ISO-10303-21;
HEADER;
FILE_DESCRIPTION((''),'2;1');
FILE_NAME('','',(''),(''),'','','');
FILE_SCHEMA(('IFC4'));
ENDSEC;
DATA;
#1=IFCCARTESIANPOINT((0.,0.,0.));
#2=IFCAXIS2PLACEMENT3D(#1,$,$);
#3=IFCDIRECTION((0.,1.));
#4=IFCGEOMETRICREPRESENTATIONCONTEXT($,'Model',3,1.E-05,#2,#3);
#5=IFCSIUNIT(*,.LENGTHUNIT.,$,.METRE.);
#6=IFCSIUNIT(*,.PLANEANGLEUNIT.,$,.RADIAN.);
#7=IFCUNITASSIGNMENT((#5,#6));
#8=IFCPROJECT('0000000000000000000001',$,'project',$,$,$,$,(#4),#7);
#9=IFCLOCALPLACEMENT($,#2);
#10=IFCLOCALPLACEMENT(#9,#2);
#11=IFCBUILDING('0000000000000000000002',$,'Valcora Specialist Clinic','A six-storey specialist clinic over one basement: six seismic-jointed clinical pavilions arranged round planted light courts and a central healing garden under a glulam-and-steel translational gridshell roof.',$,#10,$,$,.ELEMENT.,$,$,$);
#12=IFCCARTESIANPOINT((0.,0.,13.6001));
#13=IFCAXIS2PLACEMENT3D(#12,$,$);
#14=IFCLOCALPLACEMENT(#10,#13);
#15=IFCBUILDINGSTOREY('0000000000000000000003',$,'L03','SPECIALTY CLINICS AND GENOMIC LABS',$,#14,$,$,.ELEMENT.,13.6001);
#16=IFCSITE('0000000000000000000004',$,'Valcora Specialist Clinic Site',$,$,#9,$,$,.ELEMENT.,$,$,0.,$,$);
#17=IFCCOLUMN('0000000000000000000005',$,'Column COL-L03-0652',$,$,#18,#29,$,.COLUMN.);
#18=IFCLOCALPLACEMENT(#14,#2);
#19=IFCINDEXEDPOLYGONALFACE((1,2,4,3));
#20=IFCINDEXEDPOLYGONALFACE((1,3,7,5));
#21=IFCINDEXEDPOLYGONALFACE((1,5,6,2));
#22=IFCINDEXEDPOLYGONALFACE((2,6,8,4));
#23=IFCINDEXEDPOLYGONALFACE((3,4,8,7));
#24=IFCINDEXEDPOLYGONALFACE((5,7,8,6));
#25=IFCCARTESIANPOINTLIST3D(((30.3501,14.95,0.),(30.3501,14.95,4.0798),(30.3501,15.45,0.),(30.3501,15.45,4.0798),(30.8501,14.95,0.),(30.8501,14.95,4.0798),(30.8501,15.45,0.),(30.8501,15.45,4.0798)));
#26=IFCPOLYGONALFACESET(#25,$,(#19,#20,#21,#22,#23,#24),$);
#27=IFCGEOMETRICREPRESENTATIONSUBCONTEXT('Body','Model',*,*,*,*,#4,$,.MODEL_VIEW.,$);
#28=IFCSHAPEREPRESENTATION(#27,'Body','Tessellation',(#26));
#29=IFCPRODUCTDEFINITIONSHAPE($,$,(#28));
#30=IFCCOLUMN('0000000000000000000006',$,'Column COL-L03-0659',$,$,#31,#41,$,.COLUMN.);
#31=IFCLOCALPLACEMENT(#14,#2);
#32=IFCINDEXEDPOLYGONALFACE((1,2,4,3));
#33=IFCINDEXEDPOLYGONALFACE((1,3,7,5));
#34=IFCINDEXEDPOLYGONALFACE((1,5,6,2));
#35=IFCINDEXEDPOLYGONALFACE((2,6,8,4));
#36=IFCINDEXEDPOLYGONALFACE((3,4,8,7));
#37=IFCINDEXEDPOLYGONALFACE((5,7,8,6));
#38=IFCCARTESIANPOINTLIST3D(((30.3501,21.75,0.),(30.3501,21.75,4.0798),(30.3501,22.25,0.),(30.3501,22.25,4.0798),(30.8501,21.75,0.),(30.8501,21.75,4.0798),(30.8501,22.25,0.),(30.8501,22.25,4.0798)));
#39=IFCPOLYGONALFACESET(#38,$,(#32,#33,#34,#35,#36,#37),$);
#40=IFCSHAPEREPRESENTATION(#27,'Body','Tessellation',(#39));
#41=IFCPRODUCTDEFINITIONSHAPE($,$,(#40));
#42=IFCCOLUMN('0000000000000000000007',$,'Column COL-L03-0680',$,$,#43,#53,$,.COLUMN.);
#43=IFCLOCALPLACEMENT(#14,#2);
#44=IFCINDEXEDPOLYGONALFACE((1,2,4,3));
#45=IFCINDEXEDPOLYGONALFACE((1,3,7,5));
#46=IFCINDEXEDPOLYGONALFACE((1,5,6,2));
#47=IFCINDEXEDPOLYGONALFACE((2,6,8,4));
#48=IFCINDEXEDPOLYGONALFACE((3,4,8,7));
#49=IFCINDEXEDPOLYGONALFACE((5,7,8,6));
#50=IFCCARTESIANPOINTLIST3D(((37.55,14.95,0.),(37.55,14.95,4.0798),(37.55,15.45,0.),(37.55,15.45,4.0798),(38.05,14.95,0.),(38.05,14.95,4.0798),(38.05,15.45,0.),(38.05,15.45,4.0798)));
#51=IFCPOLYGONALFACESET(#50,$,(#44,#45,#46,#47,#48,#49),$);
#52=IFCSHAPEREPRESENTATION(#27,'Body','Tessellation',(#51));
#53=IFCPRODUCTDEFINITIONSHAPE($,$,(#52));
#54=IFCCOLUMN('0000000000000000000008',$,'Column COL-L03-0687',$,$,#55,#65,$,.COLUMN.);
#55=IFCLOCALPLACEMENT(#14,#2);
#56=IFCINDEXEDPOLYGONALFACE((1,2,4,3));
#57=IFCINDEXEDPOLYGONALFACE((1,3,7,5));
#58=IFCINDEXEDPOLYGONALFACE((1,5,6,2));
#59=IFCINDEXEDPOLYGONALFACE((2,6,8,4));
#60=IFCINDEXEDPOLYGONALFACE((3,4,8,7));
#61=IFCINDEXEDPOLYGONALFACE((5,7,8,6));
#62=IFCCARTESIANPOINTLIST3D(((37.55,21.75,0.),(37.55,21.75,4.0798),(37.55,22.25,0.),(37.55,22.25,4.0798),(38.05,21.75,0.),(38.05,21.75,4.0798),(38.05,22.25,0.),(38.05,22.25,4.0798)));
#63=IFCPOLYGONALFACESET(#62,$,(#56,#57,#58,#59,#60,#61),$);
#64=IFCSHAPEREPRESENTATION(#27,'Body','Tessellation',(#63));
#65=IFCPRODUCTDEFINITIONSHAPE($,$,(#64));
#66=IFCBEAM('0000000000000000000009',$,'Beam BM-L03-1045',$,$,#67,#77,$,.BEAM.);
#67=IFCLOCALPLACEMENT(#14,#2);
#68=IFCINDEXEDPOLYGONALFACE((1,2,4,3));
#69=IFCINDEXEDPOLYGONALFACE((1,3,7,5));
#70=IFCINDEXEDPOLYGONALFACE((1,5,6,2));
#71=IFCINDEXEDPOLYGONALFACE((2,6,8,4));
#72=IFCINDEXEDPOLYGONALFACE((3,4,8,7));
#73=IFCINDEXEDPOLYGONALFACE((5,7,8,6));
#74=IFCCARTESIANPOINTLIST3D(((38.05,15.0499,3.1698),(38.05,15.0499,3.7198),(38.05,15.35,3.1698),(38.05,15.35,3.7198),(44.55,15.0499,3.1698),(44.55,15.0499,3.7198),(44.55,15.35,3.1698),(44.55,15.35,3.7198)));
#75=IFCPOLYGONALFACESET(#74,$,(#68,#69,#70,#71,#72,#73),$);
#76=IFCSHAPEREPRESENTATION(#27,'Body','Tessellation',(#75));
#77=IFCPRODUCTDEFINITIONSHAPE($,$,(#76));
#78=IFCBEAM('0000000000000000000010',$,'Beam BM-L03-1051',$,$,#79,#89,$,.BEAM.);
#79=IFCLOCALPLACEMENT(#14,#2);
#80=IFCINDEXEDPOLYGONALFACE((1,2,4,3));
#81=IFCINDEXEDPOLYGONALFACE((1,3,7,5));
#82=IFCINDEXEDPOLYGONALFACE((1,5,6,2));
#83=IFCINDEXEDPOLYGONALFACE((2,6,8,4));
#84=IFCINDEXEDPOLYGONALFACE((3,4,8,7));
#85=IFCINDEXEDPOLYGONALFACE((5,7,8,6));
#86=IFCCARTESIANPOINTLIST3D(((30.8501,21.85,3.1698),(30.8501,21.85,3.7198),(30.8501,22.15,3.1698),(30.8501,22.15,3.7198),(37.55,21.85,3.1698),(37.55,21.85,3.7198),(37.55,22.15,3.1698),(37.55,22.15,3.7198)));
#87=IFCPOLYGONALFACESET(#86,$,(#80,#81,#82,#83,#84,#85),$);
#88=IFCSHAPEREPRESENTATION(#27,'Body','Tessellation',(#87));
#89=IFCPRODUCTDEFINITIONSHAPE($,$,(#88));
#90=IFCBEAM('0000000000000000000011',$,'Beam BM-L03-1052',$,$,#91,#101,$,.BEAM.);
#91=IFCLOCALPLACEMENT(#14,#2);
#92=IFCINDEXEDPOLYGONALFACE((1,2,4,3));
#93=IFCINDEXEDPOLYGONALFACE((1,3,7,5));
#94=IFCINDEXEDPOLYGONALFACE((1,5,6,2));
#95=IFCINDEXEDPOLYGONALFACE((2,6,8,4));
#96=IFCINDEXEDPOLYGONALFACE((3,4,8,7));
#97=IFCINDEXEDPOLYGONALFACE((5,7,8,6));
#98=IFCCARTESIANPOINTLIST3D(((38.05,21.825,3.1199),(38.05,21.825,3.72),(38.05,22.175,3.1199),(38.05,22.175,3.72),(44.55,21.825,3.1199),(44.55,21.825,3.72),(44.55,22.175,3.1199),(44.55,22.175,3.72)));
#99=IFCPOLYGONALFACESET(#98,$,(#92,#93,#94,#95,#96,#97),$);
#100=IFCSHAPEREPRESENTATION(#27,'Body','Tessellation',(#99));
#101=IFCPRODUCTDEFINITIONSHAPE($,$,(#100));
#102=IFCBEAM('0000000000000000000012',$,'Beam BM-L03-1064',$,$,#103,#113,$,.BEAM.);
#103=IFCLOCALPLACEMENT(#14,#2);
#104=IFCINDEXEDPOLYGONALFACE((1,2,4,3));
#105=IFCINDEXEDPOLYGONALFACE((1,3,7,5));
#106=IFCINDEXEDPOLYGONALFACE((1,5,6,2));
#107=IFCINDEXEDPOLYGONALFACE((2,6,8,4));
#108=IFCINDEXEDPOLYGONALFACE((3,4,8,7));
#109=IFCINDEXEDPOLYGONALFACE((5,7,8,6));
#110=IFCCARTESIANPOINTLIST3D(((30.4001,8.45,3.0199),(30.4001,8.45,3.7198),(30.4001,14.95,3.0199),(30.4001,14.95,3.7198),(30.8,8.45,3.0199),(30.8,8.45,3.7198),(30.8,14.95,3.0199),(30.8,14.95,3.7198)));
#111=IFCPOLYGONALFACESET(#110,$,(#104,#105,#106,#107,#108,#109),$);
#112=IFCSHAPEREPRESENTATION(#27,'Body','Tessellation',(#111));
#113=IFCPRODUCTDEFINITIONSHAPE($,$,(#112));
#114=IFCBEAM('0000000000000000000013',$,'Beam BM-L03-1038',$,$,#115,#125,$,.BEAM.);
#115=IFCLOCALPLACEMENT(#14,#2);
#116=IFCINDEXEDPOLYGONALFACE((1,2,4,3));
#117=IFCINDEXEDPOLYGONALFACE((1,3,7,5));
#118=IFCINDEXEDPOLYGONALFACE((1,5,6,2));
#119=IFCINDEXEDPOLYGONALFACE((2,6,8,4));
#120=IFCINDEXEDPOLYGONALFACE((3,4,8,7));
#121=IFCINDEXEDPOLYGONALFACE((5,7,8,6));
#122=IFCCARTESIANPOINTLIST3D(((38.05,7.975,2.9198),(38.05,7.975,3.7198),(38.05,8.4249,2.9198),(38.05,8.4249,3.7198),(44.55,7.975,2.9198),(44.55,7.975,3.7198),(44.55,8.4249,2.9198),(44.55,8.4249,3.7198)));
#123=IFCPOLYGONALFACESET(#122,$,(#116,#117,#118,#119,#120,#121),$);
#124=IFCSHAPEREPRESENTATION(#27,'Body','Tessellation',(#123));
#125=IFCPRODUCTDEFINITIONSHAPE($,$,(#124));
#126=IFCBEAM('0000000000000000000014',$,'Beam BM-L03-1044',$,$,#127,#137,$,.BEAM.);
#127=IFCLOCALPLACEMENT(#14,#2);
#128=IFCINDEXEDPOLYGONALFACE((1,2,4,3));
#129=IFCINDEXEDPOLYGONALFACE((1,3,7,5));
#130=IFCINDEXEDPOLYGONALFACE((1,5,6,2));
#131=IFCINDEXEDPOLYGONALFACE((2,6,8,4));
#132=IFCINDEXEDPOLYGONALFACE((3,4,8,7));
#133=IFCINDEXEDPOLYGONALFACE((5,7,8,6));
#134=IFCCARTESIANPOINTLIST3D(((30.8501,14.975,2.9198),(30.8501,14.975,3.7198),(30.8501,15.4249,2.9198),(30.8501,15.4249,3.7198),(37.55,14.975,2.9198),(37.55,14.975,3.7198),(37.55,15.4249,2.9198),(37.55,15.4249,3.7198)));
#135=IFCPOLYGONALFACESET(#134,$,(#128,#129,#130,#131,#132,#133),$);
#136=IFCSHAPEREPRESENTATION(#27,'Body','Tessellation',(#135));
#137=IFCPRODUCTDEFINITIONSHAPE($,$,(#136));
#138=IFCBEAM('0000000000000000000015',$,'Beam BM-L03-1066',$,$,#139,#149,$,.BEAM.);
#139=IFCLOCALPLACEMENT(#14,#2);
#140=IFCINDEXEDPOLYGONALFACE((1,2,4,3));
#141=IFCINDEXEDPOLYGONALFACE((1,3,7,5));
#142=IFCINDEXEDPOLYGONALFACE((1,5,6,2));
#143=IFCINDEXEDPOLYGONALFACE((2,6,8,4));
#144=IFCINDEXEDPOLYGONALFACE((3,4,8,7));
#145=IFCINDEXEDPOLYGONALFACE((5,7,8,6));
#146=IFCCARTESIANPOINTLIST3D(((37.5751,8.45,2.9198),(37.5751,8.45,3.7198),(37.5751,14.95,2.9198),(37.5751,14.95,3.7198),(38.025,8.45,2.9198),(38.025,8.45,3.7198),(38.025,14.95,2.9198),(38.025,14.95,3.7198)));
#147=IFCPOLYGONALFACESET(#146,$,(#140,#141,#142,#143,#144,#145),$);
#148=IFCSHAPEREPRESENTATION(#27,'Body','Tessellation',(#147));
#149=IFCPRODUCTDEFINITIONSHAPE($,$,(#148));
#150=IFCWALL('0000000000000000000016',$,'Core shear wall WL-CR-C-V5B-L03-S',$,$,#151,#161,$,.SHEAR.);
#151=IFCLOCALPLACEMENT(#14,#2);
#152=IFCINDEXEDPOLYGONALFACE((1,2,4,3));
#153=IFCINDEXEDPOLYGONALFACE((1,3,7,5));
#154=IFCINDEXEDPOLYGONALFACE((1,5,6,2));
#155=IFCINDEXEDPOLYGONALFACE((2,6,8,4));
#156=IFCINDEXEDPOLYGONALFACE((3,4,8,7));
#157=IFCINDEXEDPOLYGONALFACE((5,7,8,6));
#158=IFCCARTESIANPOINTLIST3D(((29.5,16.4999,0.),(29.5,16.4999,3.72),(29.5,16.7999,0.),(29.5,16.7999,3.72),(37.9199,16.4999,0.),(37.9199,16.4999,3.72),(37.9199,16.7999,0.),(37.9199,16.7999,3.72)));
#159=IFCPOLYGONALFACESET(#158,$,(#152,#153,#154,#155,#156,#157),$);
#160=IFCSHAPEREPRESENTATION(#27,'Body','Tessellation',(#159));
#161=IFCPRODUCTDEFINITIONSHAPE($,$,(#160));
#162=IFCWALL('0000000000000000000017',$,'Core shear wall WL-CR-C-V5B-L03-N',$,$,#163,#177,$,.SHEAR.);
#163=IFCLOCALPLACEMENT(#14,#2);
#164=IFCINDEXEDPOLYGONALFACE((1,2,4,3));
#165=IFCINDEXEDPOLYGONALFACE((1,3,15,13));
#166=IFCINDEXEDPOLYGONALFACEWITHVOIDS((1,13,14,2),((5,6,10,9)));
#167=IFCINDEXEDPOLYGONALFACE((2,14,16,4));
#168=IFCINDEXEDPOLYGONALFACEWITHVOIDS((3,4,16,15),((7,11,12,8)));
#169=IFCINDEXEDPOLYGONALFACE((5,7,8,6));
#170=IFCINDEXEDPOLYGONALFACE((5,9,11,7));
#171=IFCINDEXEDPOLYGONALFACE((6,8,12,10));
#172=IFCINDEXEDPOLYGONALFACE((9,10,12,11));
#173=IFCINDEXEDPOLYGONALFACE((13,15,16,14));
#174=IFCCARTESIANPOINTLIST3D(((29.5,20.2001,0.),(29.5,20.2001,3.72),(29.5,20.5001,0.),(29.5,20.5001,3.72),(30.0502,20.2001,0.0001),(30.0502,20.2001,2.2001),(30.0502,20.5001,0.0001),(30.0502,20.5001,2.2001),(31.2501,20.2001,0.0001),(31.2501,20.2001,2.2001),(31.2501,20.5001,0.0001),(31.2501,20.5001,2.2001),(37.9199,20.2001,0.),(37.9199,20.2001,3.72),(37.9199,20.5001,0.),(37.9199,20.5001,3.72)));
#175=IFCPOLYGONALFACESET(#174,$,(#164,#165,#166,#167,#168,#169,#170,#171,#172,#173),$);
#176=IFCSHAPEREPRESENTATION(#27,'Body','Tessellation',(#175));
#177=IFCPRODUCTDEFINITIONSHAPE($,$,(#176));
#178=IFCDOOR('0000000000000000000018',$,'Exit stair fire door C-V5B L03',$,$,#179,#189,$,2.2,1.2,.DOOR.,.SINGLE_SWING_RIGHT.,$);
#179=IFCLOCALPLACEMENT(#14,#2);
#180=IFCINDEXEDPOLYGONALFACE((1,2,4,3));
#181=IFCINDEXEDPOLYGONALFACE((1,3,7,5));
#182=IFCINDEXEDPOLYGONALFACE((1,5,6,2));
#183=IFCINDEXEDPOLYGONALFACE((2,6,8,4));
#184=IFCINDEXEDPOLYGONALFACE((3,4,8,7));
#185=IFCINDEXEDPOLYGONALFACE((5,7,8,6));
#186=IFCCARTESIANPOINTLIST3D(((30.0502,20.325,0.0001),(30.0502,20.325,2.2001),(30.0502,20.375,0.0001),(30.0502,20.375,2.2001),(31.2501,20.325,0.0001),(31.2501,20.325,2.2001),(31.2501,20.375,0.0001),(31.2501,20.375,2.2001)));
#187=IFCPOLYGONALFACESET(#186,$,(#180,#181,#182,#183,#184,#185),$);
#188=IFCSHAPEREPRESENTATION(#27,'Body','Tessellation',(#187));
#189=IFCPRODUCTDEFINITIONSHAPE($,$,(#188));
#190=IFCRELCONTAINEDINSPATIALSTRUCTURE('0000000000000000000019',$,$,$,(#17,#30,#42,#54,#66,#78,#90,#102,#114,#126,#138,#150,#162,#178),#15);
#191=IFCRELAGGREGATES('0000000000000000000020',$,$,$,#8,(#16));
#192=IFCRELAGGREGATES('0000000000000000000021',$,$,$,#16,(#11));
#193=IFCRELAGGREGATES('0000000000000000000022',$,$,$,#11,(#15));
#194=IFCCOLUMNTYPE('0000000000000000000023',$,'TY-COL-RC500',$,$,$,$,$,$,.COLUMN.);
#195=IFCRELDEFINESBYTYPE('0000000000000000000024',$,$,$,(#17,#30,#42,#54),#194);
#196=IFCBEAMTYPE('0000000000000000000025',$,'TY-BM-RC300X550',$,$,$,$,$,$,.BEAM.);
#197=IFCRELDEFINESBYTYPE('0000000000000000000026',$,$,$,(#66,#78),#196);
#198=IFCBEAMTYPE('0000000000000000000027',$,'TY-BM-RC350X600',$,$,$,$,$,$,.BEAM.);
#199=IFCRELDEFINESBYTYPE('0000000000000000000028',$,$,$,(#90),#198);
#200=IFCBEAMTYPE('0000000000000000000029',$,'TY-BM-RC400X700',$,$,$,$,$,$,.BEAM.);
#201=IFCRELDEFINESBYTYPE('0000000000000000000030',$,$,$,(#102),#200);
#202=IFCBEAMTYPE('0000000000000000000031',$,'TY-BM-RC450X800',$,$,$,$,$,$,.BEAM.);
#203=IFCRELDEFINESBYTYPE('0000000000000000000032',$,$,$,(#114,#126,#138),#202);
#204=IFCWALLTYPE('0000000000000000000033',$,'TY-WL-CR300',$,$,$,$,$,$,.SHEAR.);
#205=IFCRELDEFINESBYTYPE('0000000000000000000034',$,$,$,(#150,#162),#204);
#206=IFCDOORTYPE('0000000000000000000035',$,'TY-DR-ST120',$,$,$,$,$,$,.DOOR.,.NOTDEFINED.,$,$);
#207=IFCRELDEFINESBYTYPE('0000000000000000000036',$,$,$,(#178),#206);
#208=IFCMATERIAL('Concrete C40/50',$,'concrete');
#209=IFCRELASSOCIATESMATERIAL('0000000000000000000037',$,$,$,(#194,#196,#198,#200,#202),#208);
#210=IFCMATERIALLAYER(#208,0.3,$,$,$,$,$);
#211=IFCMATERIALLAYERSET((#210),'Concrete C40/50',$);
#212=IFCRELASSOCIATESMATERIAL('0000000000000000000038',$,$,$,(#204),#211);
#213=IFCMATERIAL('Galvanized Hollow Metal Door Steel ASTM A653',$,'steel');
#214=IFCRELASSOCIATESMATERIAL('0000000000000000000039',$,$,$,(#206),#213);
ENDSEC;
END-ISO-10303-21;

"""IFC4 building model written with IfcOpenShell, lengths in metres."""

from ifc_helpers import new_model, si_unit, direction, frame, frame_2d, origin, origin_2d, place, context, subcontext, project, spatial, rectangle, extrude, material, layer, layer_set, material_profile, profile_set, type_object, element, fill, save


model = new_model("IFC4")

# Units and contexts
model_context = context("Model", 3, precision=1e-05, world=origin(), true_north=direction((0.0, 1.0)))
body_context = subcontext(model_context, "Body", "Model", "MODEL_VIEW")
ifc_project = project(units=[si_unit("LENGTHUNIT", "METRE"), si_unit("PLANEANGLEUNIT", "RADIAN")], contexts=[model_context])

# Site, building, storey
site_placement = place(None, origin())
site = spatial("IfcSite", under=ifc_project, at=site_placement, Name="Valcora Specialist Clinic Site", CompositionType="ELEMENT", RefElevation=0.0)
building_placement = place(site_placement, origin())
building = spatial("IfcBuilding", under=site, at=building_placement, Name="Valcora Specialist Clinic", Description="A six-storey specialist clinic over one basement: six seismic-jointed clinical pavilions arranged round planted light courts and a central healing garden under a glulam-and-steel translational gridshell roof.", CompositionType="ELEMENT")
storey_placement = place(building_placement, frame((0.0, 0.0, 13.6001)))
storey = spatial("IfcBuildingStorey", under=building, at=storey_placement, Name="L03", Description="SPECIALTY CLINICS AND GENOMIC LABS", CompositionType="ELEMENT", Elevation=13.6001)

# Columns
ifc_material_1 = material(Name="Concrete C40/50", Category="concrete")
ifc_material_profile_1 = material_profile(ifc_material_1, rectangle(XDim=0.5, YDim=0.5, at=origin_2d()), Name="RC-COL-500X500")
ifc_profile_set_1 = profile_set([ifc_material_profile_1], Name="Concrete C40/50")
column_type = type_object("IfcColumnType", Name="TY-COL-RC500", PredefinedType="COLUMN", material=ifc_profile_set_1)
for number, where, z_axis, x_axis, name in (
    (1, (30.6001, 15.2, 0.0), (0.0, 0.0, 1.0), (1.0, 0.0, 0.0), "Column COL-L03-0652"),
    (2, (30.6001, 22.0, 0.0), (0.0, 0.0, 1.0), (1.0, 0.0, 0.0), "Column COL-L03-0659"),
    (3, (37.8, 15.2, 0.0), (0.0, 0.0, 1.0), (1.0, 0.0, 0.0), "Column COL-L03-0680"),
    (4, (37.8, 22.0, 0.0), (0.0, 0.0, 1.0), (1.0, 0.0, 0.0), "Column COL-L03-0687"),
):
    element("IfcColumn", number, at=place(storey_placement, frame(where, z_axis=z_axis, x_axis=x_axis)), inside=storey, type_object=column_type, Name=name, PredefinedType="COLUMN", context=body_context, shape_type="SweptSolid", body=[
        extrude(rectangle(XDim=0.5, YDim=0.5, at=origin_2d()), origin(), (0.0, 0.0, 1.0), 4.0798),
    ])

# Beams
ifc_material_profile_2 = material_profile(ifc_material_1, rectangle(XDim=0.3, YDim=0.55, at=origin_2d()), Name="RC-BM-300X550")
ifc_profile_set_2 = profile_set([ifc_material_profile_2], Name="Concrete C40/50")
beam_type_1 = type_object("IfcBeamType", Name="TY-BM-RC300X550", PredefinedType="BEAM", material=ifc_profile_set_2)
beam_1_placement = place(storey_placement, frame((38.05, 15.2, 3.4448), z_axis=(1.0, 0.0, 0.0), x_axis=(0.0, 1.0, 0.0)))
element("IfcBeam", 5, at=beam_1_placement, inside=storey, type_object=beam_type_1, Name="Beam BM-L03-1045", PredefinedType="BEAM", context=body_context, shape_type="SweptSolid", body=[
    extrude(rectangle(XDim=0.3, YDim=0.55, at=origin_2d()), origin(), (0.0, 0.0, 1.0), 6.5),
])
beam_2_placement = place(storey_placement, frame((30.8501, 22.0, 3.4448), z_axis=(1.0, 0.0, 0.0), x_axis=(0.0, 1.0, 0.0)))
element("IfcBeam", 6, at=beam_2_placement, inside=storey, type_object=beam_type_1, Name="Beam BM-L03-1051", PredefinedType="BEAM", context=body_context, shape_type="SweptSolid", body=[
    extrude(rectangle(XDim=0.3, YDim=0.55, at=origin_2d()), origin(), (0.0, 0.0, 1.0), 6.7),
])
ifc_material_profile_3 = material_profile(ifc_material_1, rectangle(XDim=0.3501, YDim=0.6001, at=origin_2d()), Name="RC-BM-350X600")
ifc_profile_set_3 = profile_set([ifc_material_profile_3], Name="Concrete C40/50")
beam_type_2 = type_object("IfcBeamType", Name="TY-BM-RC350X600", PredefinedType="BEAM", material=ifc_profile_set_3)
beam_3_placement = place(storey_placement, frame((38.05, 22.0, 3.4199), z_axis=(1.0, 0.0, 0.0), x_axis=(0.0, 1.0, 0.0)))
element("IfcBeam", 7, at=beam_3_placement, inside=storey, type_object=beam_type_2, Name="Beam BM-L03-1052", PredefinedType="BEAM", context=body_context, shape_type="SweptSolid", body=[
    extrude(rectangle(XDim=0.3501, YDim=0.6001, at=origin_2d()), origin(), (0.0, 0.0, 1.0), 6.5),
])
ifc_material_profile_4 = material_profile(ifc_material_1, rectangle(XDim=0.3999, YDim=0.7, at=origin_2d()), Name="RC-BM-400X700")
ifc_profile_set_4 = profile_set([ifc_material_profile_4], Name="Concrete C40/50")
beam_type_3 = type_object("IfcBeamType", Name="TY-BM-RC400X700", PredefinedType="BEAM", material=ifc_profile_set_4)
beam_4_placement = place(storey_placement, frame((30.6001, 8.45, 3.3699), z_axis=(0.0, 1.0, 0.0), x_axis=(-1.0, 0.0, 0.0)))
element("IfcBeam", 8, at=beam_4_placement, inside=storey, type_object=beam_type_3, Name="Beam BM-L03-1064", PredefinedType="BEAM", context=body_context, shape_type="SweptSolid", body=[
    extrude(rectangle(XDim=0.3999, YDim=0.7, at=origin_2d()), origin(), (0.0, 0.0, 1.0), 6.5),
])
ifc_material_profile_5 = material_profile(ifc_material_1, rectangle(XDim=0.45, YDim=0.8, at=origin_2d()), Name="RC-BM-450X800")
ifc_profile_set_5 = profile_set([ifc_material_profile_5], Name="Concrete C40/50")
beam_type_4 = type_object("IfcBeamType", Name="TY-BM-RC450X800", PredefinedType="BEAM", material=ifc_profile_set_5)
beam_5_placement = place(storey_placement, frame((38.05, 8.2, 3.3198), z_axis=(1.0, 0.0, 0.0), x_axis=(0.0, 1.0, 0.0)))
element("IfcBeam", 9, at=beam_5_placement, inside=storey, type_object=beam_type_4, Name="Beam BM-L03-1038", PredefinedType="BEAM", context=body_context, shape_type="SweptSolid", body=[
    extrude(rectangle(XDim=0.45, YDim=0.8, at=origin_2d()), origin(), (0.0, 0.0, 1.0), 6.5),
])
beam_6_placement = place(storey_placement, frame((30.8501, 15.2, 3.3198), z_axis=(1.0, 0.0, 0.0), x_axis=(0.0, 1.0, 0.0)))
element("IfcBeam", 10, at=beam_6_placement, inside=storey, type_object=beam_type_4, Name="Beam BM-L03-1044", PredefinedType="BEAM", context=body_context, shape_type="SweptSolid", body=[
    extrude(rectangle(XDim=0.45, YDim=0.8, at=origin_2d()), origin(), (0.0, 0.0, 1.0), 6.7),
])
beam_7_placement = place(storey_placement, frame((37.8, 8.45, 3.3198), z_axis=(0.0, 1.0, 0.0), x_axis=(-1.0, 0.0, 0.0)))
element("IfcBeam", 11, at=beam_7_placement, inside=storey, type_object=beam_type_4, Name="Beam BM-L03-1066", PredefinedType="BEAM", context=body_context, shape_type="SweptSolid", body=[
    extrude(rectangle(XDim=0.45, YDim=0.8, at=origin_2d()), origin(), (0.0, 0.0, 1.0), 6.5),
])

# Wall
ifc_layer_1 = layer(ifc_material_1, 0.3)
ifc_layer_set_1 = layer_set([ifc_layer_1], Name="Concrete C40/50")
wall_type_1 = type_object("IfcWallType", Name="TY-WL-CR300", PredefinedType="SHEAR", material=ifc_layer_set_1)
wall_1_placement = place(storey_placement, frame((29.5, 16.6499, 0.0), z_axis=(0.0, 0.0, 1.0), x_axis=(1.0, 0.0, 0.0)))
element("IfcWall", 12, at=wall_1_placement, inside=storey, type_object=wall_type_1, Name="Core shear wall WL-CR-C-V5B-L03-S", PredefinedType="SHEAR", context=body_context, shape_type="SweptSolid", body=[
    extrude(rectangle(XDim=8.4199, YDim=0.3, at=frame_2d((4.21, 0.0))), origin(), (0.0, 0.0, 1.0), 3.72),
])

# Wall, opening, door
wall_2_placement = place(storey_placement, frame((29.5, 20.3501, 0.0), z_axis=(0.0, 0.0, 1.0), x_axis=(1.0, 0.0, 0.0)))
wall_2 = element("IfcWall", 13, at=wall_2_placement, inside=storey, type_object=wall_type_1, Name="Core shear wall WL-CR-C-V5B-L03-N", PredefinedType="SHEAR", context=body_context, shape_type="SweptSolid", body=[
    extrude(rectangle(XDim=8.4199, YDim=0.3, at=frame_2d((4.21, 0.0))), origin(), (0.0, 0.0, 1.0), 3.72),
])
opening_1_placement = place(wall_2_placement, frame((0.55, 0.0, 0.0)))
opening_1 = element("IfcOpeningElement", 14, at=opening_1_placement, cuts=wall_2, PredefinedType="OPENING", context=body_context, shape_type="SweptSolid", body=[
    extrude(rectangle(XDim=1.2, YDim=2.2, at=frame_2d((0.6001, 1.1001))), frame((0.0, 0.1599, 0.0), z_axis=(0.0, -1.0, 0.0), x_axis=(1.0, 0.0, 0.0)), (0.0, 0.0, 1.0), 0.3201),
])
ifc_material_2 = material(Name="Galvanized Hollow Metal Door Steel ASTM A653", Category="steel")
door_type_1 = type_object("IfcDoorType", Name="TY-DR-ST120", OperationType="NOTDEFINED", PredefinedType="DOOR", material=ifc_material_2)
door_1_placement = place(opening_1_placement, origin())
door_1 = element("IfcDoor", 15, at=door_1_placement, inside=storey, type_object=door_type_1, Name="Exit stair fire door C-V5B L03", OperationType="SINGLE_SWING_RIGHT", OverallHeight=2.2, OverallWidth=1.2, PredefinedType="DOOR", context=body_context, shape_type="SweptSolid", body=[
    extrude(rectangle(XDim=1.2, YDim=2.2, at=frame_2d((0.6001, 1.1001))), frame((0.0, 0.0249, 0.0), z_axis=(0.0, -1.0, 0.0), x_axis=(1.0, 0.0, 0.0)), (0.0, 0.0, 1.0), 0.05),
])
fill(opening_1, door_1)

save(model, "model.ifc")
